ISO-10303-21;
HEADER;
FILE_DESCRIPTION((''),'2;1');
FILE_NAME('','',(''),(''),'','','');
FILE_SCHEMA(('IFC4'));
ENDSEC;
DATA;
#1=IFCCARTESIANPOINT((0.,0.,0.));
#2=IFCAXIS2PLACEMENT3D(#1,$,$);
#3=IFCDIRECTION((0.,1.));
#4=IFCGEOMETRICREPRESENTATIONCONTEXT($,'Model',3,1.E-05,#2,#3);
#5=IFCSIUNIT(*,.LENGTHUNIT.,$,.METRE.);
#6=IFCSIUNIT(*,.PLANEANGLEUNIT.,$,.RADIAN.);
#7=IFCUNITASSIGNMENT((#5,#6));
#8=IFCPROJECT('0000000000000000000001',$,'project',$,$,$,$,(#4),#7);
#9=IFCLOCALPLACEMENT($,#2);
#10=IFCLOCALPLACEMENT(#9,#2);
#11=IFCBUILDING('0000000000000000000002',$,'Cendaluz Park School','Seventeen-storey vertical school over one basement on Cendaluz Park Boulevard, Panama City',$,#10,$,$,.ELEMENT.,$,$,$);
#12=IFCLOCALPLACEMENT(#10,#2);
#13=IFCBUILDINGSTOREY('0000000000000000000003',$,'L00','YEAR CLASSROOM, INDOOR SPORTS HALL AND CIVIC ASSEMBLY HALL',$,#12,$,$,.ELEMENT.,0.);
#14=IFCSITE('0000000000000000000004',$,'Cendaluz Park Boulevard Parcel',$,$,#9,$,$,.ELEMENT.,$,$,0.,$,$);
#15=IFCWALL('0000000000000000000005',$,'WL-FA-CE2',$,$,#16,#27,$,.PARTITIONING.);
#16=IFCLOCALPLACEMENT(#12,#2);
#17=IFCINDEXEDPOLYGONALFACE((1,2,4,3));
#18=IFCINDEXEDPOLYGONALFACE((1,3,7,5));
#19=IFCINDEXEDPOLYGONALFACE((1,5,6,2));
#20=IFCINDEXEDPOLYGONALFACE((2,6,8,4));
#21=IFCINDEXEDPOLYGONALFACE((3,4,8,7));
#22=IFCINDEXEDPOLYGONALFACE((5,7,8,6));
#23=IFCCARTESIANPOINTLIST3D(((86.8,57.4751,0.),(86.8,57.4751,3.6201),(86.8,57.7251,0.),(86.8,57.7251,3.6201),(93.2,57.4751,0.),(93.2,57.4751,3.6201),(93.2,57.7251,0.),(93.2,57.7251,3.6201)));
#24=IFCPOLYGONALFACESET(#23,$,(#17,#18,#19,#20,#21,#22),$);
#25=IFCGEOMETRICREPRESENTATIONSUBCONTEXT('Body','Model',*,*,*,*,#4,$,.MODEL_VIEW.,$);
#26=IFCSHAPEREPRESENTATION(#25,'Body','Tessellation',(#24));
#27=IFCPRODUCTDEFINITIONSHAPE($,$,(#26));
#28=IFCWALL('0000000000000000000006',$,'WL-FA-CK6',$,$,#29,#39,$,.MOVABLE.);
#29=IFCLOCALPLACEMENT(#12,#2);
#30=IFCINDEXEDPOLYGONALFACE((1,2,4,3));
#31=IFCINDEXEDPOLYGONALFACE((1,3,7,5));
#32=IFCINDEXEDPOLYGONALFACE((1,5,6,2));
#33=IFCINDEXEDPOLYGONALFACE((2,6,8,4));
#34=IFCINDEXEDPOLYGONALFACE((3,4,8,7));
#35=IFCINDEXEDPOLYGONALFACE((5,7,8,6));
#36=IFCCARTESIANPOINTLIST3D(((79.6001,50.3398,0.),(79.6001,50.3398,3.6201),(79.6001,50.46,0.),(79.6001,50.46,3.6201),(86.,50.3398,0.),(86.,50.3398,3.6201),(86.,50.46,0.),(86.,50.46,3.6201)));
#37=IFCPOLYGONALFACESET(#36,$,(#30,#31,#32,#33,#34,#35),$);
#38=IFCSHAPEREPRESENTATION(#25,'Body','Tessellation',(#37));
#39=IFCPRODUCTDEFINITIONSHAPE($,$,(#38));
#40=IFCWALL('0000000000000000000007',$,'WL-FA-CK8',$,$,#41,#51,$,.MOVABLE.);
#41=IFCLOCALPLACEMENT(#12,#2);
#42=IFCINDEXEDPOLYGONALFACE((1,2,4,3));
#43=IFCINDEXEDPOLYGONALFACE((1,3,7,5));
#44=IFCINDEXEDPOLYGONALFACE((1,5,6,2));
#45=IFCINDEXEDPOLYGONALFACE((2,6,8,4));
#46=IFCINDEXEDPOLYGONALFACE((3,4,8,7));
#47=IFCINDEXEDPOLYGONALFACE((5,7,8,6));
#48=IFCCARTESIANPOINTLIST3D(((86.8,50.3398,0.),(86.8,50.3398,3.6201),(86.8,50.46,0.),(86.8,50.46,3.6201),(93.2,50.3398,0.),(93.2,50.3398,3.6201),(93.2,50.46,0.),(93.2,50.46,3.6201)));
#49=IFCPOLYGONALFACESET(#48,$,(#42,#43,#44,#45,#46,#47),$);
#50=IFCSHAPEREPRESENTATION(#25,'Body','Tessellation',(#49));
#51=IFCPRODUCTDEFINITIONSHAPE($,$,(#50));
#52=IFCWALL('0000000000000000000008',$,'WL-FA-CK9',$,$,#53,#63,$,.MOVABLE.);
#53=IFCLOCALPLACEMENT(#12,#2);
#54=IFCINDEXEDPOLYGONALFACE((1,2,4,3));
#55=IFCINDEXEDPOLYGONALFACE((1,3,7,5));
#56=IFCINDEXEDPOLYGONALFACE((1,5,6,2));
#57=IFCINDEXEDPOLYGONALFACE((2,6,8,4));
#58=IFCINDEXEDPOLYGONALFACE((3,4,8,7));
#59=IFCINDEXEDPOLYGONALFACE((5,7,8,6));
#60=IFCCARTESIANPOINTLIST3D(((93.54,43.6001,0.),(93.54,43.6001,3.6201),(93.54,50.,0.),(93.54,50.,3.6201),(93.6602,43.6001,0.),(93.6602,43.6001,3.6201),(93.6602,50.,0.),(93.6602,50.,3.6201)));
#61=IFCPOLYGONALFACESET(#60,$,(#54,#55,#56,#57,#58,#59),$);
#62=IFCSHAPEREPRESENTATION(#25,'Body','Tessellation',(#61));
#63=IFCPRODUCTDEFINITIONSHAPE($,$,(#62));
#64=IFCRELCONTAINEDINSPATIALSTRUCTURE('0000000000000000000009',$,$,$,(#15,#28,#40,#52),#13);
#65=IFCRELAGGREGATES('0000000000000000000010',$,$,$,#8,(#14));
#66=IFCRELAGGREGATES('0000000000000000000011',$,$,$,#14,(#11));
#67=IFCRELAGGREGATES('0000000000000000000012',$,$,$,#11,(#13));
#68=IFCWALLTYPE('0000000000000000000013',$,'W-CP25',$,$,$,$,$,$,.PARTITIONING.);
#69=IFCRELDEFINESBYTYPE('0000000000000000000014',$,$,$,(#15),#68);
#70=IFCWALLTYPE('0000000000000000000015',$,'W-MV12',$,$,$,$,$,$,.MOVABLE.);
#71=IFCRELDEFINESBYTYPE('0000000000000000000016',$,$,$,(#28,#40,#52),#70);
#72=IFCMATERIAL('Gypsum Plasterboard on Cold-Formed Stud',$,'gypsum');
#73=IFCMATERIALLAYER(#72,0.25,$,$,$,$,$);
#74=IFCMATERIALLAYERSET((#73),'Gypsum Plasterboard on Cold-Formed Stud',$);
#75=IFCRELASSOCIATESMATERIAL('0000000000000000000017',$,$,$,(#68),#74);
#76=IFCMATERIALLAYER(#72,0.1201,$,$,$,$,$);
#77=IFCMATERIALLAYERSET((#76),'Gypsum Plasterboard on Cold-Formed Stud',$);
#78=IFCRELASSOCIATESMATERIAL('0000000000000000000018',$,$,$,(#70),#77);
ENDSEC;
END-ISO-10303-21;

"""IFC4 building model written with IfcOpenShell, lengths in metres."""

from ifc_helpers import new_model, si_unit, direction, frame, frame_2d, origin, place, context, subcontext, project, spatial, rectangle, extrude, material, layer, layer_set, type_object, element, save


model = new_model("IFC4")

# Units and contexts
model_context = context("Model", 3, precision=1e-05, world=origin(), true_north=direction((0.0, 1.0)))
body_context = subcontext(model_context, "Body", "Model", "MODEL_VIEW")
ifc_project = project(units=[si_unit("LENGTHUNIT", "METRE"), si_unit("PLANEANGLEUNIT", "RADIAN")], contexts=[model_context])

# Site, building, storey
site_placement = place(None, origin())
site = spatial("IfcSite", under=ifc_project, at=site_placement, Name="Cendaluz Park Boulevard Parcel", CompositionType="ELEMENT", RefElevation=0.0)
building_placement = place(site_placement, origin())
building = spatial("IfcBuilding", under=site, at=building_placement, Name="Cendaluz Park School", Description="Seventeen-storey vertical school over one basement on Cendaluz Park Boulevard, Panama City", CompositionType="ELEMENT")
storey_placement = place(building_placement, origin())
storey = spatial("IfcBuildingStorey", under=building, at=storey_placement, Name="L00", Description="YEAR CLASSROOM, INDOOR SPORTS HALL AND CIVIC ASSEMBLY HALL", CompositionType="ELEMENT", Elevation=0.0)

# Walls
ifc_material_1 = material(Name="Gypsum Plasterboard on Cold-Formed Stud", Category="gypsum")
ifc_layer_1 = layer(ifc_material_1, 0.25)
ifc_layer_set_1 = layer_set([ifc_layer_1], Name="Gypsum Plasterboard on Cold-Formed Stud")
wall_type_1 = type_object("IfcWallType", Name="W-CP25", PredefinedType="PARTITIONING", material=ifc_layer_set_1)
wall_1_placement = place(storey_placement, frame((86.8, 57.6001, 0.0), z_axis=(0.0, 0.0, 1.0), x_axis=(1.0, 0.0, 0.0)))
element("IfcWall", 1, at=wall_1_placement, inside=storey, type_object=wall_type_1, Name="WL-FA-CE2", PredefinedType="PARTITIONING", context=body_context, shape_type="SweptSolid", body=[
    extrude(rectangle(XDim=6.3999, YDim=0.25, at=frame_2d((3.2, 0.0))), origin(), (0.0, 0.0, 1.0), 3.6201),
])
ifc_layer_2 = layer(ifc_material_1, 0.1201)
ifc_layer_set_2 = layer_set([ifc_layer_2], Name="Gypsum Plasterboard on Cold-Formed Stud")
wall_type_2 = type_object("IfcWallType", Name="W-MV12", PredefinedType="MOVABLE", material=ifc_layer_set_2)
for number, where, z_axis, x_axis, name in (
    (2, (79.6001, 50.3999, 0.0), (0.0, 0.0, 1.0), (1.0, 0.0, 0.0), "WL-FA-CK6"),
    (3, (86.8, 50.3999, 0.0), (0.0, 0.0, 1.0), (1.0, 0.0, 0.0), "WL-FA-CK8"),
    (4, (93.6001, 43.6001, 0.0), (0.0, 0.0, 1.0), (0.0, 1.0, 0.0), "WL-FA-CK9"),
):
    element("IfcWall", number, at=place(storey_placement, frame(where, z_axis=z_axis, x_axis=x_axis)), inside=storey, type_object=wall_type_2, Name=name, PredefinedType="MOVABLE", context=body_context, shape_type="SweptSolid", body=[
        extrude(rectangle(XDim=6.3999, YDim=0.1201, at=frame_2d((3.2, 0.0))), origin(), (0.0, 0.0, 1.0), 3.6201),
    ])

save(model, "model.ifc")
